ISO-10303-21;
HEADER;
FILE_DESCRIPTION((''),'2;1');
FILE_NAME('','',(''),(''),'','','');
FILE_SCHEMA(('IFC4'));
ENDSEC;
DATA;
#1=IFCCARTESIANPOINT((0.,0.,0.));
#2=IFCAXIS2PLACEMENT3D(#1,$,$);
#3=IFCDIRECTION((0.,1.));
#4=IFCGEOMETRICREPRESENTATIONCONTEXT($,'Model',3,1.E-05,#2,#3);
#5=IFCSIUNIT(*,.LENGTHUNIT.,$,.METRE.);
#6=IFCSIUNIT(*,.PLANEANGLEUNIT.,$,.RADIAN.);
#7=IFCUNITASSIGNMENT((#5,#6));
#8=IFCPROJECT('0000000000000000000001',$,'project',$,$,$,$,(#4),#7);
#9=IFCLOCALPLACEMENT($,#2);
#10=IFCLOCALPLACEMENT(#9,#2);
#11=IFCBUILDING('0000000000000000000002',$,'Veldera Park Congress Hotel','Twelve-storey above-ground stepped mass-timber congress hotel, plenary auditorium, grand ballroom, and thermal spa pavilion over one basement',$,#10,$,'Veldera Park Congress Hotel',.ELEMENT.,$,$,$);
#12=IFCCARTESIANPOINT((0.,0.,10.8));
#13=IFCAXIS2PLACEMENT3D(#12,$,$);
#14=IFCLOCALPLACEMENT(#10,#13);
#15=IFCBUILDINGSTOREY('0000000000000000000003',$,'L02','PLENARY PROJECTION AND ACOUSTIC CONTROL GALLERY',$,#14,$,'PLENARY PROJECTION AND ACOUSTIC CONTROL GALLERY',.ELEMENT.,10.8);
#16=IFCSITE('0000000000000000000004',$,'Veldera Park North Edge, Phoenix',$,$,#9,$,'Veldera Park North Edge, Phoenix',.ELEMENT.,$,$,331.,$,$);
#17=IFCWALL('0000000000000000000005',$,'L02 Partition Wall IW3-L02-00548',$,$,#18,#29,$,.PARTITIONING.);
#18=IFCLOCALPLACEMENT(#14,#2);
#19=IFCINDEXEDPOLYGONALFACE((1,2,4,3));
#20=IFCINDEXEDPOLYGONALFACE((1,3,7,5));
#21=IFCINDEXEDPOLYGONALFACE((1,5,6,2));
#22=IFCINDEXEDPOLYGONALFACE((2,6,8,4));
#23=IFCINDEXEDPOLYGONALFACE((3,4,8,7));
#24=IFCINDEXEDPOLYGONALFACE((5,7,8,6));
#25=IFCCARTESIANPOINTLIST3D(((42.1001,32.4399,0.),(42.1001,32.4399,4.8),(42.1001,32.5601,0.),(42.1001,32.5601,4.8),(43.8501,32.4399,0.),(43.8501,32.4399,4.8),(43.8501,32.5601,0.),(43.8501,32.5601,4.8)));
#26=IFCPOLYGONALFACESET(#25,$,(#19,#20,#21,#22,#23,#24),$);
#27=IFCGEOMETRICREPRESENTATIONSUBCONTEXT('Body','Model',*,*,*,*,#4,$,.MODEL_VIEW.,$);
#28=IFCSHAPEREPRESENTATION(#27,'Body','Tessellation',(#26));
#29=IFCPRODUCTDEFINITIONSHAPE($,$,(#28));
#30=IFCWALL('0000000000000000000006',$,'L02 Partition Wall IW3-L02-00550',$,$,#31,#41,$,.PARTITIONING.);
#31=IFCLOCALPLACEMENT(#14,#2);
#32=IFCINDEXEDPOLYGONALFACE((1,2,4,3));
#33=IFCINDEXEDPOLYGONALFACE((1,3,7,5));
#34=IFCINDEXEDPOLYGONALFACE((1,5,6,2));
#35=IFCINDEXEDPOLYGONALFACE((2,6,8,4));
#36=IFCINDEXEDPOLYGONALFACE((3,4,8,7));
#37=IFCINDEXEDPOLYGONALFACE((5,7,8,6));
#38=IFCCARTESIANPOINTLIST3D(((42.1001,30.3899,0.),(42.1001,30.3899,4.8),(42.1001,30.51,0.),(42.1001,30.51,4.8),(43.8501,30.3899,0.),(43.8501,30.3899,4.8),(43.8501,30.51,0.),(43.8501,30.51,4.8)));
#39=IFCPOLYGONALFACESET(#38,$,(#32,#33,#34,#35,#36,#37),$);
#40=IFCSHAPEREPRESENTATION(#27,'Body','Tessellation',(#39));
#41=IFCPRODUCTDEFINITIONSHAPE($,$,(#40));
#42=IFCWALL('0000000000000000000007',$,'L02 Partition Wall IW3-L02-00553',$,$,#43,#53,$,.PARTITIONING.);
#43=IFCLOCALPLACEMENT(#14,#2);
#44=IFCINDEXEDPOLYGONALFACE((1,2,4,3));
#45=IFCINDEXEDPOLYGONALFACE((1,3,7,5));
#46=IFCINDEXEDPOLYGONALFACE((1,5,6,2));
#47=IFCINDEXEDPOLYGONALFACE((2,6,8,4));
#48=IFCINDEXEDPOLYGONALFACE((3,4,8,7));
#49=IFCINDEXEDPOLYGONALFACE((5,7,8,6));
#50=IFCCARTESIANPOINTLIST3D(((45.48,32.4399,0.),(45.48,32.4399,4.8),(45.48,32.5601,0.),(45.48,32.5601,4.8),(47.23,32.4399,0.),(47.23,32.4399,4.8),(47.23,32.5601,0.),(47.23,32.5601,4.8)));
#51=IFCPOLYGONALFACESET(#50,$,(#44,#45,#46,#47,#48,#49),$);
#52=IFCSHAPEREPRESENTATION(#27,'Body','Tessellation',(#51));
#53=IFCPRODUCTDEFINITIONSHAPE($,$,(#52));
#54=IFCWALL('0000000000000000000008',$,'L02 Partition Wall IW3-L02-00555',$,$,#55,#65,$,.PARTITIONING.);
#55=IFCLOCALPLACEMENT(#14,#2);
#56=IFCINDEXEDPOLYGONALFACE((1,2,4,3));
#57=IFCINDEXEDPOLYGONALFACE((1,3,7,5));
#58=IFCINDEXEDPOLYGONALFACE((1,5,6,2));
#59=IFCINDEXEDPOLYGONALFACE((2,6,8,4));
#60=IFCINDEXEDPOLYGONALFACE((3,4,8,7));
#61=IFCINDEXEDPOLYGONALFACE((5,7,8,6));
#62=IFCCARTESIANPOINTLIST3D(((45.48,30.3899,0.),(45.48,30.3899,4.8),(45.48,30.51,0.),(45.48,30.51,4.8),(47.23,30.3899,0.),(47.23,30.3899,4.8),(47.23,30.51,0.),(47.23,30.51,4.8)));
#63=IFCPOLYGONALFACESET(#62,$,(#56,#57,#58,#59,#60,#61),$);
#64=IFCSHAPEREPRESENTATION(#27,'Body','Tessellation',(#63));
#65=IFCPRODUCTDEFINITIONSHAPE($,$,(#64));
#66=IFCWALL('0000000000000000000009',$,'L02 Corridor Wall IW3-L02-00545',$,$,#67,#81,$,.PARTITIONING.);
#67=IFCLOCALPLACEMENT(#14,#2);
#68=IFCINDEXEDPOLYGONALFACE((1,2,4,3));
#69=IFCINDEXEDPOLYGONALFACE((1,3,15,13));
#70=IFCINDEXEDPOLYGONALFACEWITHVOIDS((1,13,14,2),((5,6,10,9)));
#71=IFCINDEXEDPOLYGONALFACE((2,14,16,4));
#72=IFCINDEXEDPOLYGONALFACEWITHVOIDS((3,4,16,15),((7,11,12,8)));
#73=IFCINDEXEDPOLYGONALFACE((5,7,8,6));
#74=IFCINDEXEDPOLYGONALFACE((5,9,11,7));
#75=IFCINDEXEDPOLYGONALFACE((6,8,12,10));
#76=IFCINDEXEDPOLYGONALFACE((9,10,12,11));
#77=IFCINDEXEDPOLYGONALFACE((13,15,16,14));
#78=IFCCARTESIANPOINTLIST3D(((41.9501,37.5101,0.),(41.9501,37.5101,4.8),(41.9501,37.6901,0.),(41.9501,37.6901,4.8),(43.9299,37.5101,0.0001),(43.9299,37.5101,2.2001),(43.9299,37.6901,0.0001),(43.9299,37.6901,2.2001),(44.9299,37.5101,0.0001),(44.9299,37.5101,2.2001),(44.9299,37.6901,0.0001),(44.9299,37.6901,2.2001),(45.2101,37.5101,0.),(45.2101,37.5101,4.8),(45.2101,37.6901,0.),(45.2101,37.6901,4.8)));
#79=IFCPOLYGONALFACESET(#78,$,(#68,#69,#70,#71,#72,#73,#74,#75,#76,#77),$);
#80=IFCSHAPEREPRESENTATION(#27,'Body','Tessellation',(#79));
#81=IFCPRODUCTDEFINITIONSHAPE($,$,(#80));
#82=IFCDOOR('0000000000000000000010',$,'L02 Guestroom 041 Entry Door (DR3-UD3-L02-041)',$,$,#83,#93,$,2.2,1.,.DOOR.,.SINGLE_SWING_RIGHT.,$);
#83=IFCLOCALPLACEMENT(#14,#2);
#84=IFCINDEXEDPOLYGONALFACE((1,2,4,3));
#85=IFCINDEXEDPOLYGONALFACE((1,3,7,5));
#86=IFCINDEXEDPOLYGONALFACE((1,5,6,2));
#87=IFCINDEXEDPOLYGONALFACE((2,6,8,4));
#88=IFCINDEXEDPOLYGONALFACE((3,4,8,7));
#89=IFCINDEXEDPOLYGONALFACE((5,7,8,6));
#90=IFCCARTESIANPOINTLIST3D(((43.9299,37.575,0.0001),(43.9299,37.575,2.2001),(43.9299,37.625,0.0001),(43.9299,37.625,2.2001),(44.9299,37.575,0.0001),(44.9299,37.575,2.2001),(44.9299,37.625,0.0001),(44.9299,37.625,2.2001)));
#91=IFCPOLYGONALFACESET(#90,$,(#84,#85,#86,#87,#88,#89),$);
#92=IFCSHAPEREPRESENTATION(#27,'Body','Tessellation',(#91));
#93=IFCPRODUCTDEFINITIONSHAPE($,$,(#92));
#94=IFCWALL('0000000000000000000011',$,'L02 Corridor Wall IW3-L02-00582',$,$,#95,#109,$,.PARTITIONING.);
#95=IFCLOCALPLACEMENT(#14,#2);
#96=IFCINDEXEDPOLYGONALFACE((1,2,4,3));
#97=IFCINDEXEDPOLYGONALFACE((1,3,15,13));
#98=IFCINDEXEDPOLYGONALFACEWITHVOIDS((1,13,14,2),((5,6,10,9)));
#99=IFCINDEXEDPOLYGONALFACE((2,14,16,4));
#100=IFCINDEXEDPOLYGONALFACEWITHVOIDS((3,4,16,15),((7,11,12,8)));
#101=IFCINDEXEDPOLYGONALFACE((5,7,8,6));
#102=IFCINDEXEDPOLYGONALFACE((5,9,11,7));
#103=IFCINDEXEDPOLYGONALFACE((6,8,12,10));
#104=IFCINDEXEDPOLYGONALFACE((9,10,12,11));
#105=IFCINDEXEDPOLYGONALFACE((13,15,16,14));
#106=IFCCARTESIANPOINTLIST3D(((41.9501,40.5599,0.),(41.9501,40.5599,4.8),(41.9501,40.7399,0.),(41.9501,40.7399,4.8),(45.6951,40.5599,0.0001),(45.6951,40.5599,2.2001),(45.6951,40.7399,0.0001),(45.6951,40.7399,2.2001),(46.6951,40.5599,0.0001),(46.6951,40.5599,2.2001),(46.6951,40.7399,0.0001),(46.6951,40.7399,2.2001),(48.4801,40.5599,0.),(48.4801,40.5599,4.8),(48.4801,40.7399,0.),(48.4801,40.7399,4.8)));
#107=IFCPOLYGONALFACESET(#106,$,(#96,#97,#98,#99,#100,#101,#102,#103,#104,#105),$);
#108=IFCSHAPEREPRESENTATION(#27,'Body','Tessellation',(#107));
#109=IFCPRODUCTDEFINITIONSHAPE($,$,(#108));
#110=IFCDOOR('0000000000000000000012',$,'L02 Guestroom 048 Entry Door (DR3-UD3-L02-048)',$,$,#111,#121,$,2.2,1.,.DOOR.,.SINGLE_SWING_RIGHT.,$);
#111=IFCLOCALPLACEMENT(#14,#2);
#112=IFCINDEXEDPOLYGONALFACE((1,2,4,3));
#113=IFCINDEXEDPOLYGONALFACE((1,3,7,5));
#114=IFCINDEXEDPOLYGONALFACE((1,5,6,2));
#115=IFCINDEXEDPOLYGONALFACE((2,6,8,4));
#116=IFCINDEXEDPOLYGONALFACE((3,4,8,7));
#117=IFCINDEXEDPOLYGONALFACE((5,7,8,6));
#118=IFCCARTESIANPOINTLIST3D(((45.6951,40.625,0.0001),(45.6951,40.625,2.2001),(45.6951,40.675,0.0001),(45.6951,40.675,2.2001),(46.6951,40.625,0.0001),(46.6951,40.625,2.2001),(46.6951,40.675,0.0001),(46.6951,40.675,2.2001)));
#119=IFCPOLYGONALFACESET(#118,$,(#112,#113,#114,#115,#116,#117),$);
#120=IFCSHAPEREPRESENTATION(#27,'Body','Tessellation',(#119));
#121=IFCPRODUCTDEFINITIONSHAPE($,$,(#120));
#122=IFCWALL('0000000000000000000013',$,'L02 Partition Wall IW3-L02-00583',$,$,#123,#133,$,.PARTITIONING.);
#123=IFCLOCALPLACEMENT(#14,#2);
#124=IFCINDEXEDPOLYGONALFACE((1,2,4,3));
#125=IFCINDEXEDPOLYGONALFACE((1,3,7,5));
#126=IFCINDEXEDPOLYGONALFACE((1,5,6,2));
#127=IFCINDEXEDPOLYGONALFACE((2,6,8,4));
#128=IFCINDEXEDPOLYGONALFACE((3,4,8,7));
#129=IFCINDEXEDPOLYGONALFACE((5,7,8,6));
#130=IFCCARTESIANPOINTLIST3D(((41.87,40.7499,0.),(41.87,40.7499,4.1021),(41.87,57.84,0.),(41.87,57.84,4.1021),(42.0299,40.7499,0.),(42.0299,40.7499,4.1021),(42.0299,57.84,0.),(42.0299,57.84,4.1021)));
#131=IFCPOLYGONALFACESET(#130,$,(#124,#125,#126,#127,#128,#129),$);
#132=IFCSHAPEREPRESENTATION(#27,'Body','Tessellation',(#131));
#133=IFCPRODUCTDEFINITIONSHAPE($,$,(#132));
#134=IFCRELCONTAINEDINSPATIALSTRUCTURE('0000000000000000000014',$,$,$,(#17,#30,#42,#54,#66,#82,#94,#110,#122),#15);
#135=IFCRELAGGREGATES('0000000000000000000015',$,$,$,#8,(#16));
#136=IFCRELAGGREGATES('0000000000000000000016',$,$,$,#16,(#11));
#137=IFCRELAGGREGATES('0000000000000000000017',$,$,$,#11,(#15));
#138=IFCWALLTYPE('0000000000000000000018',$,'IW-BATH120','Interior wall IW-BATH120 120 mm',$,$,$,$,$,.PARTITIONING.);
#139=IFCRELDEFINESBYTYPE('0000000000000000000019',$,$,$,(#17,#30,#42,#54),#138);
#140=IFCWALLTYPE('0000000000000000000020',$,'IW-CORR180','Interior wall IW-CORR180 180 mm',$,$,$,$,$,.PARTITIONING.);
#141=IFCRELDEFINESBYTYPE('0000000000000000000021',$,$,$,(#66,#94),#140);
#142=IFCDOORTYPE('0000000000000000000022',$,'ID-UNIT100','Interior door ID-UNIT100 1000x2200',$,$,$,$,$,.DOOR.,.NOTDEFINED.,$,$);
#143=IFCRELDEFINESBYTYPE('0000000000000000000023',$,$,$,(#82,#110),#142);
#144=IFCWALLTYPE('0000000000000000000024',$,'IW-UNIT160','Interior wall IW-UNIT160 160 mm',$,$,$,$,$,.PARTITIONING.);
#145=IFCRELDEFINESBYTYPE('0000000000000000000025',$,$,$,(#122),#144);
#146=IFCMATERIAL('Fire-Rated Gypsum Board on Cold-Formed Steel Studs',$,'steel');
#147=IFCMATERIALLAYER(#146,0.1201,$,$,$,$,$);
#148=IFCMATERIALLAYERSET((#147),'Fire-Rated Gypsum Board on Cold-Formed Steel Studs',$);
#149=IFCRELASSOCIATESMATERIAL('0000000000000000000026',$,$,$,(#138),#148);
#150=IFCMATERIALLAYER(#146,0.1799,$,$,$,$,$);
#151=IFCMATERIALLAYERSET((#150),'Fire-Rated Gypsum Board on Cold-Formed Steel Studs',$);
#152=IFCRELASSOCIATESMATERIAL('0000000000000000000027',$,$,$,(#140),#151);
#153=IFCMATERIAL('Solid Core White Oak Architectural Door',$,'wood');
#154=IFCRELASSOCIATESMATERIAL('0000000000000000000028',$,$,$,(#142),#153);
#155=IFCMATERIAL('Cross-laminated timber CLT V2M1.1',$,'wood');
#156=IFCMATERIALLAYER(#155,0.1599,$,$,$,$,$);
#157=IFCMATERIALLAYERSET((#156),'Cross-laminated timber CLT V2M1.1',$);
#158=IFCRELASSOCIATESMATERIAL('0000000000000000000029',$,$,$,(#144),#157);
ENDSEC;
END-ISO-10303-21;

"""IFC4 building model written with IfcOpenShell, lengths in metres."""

from ifc_helpers import new_model, si_unit, direction, frame, frame_2d, origin, place, context, subcontext, project, spatial, rectangle, extrude, material, layer, layer_set, type_object, element, fill, save


model = new_model("IFC4")

# Units and contexts
model_context = context("Model", 3, precision=1e-05, world=origin(), true_north=direction((0.0, 1.0)))
body_context = subcontext(model_context, "Body", "Model", "MODEL_VIEW")
ifc_project = project(units=[si_unit("LENGTHUNIT", "METRE"), si_unit("PLANEANGLEUNIT", "RADIAN")], contexts=[model_context])

# Site, building, storey
site_placement = place(None, origin())
site = spatial("IfcSite", under=ifc_project, at=site_placement, Name="Veldera Park North Edge, Phoenix", LongName="Veldera Park North Edge, Phoenix", CompositionType="ELEMENT", RefElevation=331.0)
building_placement = place(site_placement, origin())
building = spatial("IfcBuilding", under=site, at=building_placement, Name="Veldera Park Congress Hotel", Description="Twelve-storey above-ground stepped mass-timber congress hotel, plenary auditorium, grand ballroom, and thermal spa pavilion over one basement", LongName="Veldera Park Congress Hotel", CompositionType="ELEMENT")
storey_placement = place(building_placement, frame((0.0, 0.0, 10.8)))
storey = spatial("IfcBuildingStorey", under=building, at=storey_placement, Name="L02", Description="PLENARY PROJECTION AND ACOUSTIC CONTROL GALLERY", LongName="PLENARY PROJECTION AND ACOUSTIC CONTROL GALLERY", CompositionType="ELEMENT", Elevation=10.8)

# Wall
ifc_material_1 = material(Name="Cross-laminated timber CLT V2M1.1", Category="wood")
ifc_material_2 = material(Name="Fire-Rated Gypsum Board on Cold-Formed Steel Studs", Category="steel")
ifc_layer_1 = layer(ifc_material_2, 0.1201)
ifc_layer_set_1 = layer_set([ifc_layer_1], Name="Fire-Rated Gypsum Board on Cold-Formed Steel Studs")
wall_type_1 = type_object("IfcWallType", Name="IW-BATH120", Description="Interior wall IW-BATH120 120 mm", PredefinedType="PARTITIONING", material=ifc_layer_set_1)
wall_1_placement = place(storey_placement, frame((42.1001, 32.5, 0.0), z_axis=(0.0, 0.0, 1.0), x_axis=(1.0, 0.0, 0.0)))
element("IfcWall", 1, at=wall_1_placement, inside=storey, type_object=wall_type_1, Name="L02 Partition Wall IW3-L02-00548", PredefinedType="PARTITIONING", context=body_context, shape_type="SweptSolid", body=[
    extrude(rectangle(XDim=1.75, YDim=0.1201, at=frame_2d((0.875, 0.0))), origin(), (0.0, 0.0, 1.0), 4.8),
])

# Shared definitions
ifc_material_3 = material(Name="Solid Core White Oak Architectural Door", Category="wood")

# Walls
for number, where, z_axis, x_axis, name in (
    (2, (42.1001, 30.45, 0.0), (0.0, 0.0, 1.0), (1.0, 0.0, 0.0), "L02 Partition Wall IW3-L02-00550"),
    (3, (45.48, 32.5, 0.0), (0.0, 0.0, 1.0), (1.0, 0.0, 0.0), "L02 Partition Wall IW3-L02-00553"),
    (4, (45.48, 30.45, 0.0), (0.0, 0.0, 1.0), (1.0, 0.0, 0.0), "L02 Partition Wall IW3-L02-00555"),
):
    element("IfcWall", number, at=place(storey_placement, frame(where, z_axis=z_axis, x_axis=x_axis)), inside=storey, type_object=wall_type_1, Name=name, PredefinedType="PARTITIONING", context=body_context, shape_type="SweptSolid", body=[
        extrude(rectangle(XDim=1.75, YDim=0.1201, at=frame_2d((0.875, 0.0))), origin(), (0.0, 0.0, 1.0), 4.8),
    ])

# Walls, openings, doors
ifc_layer_2 = layer(ifc_material_2, 0.1799)
ifc_layer_set_2 = layer_set([ifc_layer_2], Name="Fire-Rated Gypsum Board on Cold-Formed Steel Studs")
wall_type_2 = type_object("IfcWallType", Name="IW-CORR180", Description="Interior wall IW-CORR180 180 mm", PredefinedType="PARTITIONING", material=ifc_layer_set_2)
wall_2_placement = place(storey_placement, frame((45.21, 37.6001, 0.0), z_axis=(0.0, 0.0, 1.0), x_axis=(-1.0, 0.0, 0.0)))
wall_2 = element("IfcWall", 5, at=wall_2_placement, inside=storey, type_object=wall_type_2, Name="L02 Corridor Wall IW3-L02-00545", PredefinedType="PARTITIONING", context=body_context, shape_type="SweptSolid", body=[
    extrude(rectangle(XDim=3.26, YDim=0.1799, at=frame_2d((1.6299, 0.0))), origin(), (0.0, 0.0, 1.0), 4.8),
])
opening_1_placement = place(wall_2_placement, frame((0.28, 0.0, 0.0)))
opening_1 = element("IfcOpeningElement", 6, at=opening_1_placement, cuts=wall_2, PredefinedType="OPENING", context=body_context, shape_type="SweptSolid", body=[
    extrude(rectangle(XDim=1.0, YDim=2.2, at=frame_2d((0.5, 1.1001))), frame((0.0, 0.1021, 0.0), z_axis=(0.0, -1.0, 0.0), x_axis=(1.0, 0.0, 0.0)), (0.0, 0.0, 1.0), 0.2039),
])
door_type_1 = type_object("IfcDoorType", Name="ID-UNIT100", Description="Interior door ID-UNIT100 1000x2200", OperationType="NOTDEFINED", PredefinedType="DOOR", material=ifc_material_3)
door_1_placement = place(opening_1_placement, frame((1.0, 0.0, 0.0), z_axis=(0.0, 0.0, 1.0), x_axis=(-1.0, 0.0, 0.0)))
door_1 = element("IfcDoor", 7, at=door_1_placement, inside=storey, type_object=door_type_1, Name="L02 Guestroom 041 Entry Door (DR3-UD3-L02-041)", OperationType="SINGLE_SWING_RIGHT", OverallHeight=2.2, OverallWidth=1.0, PredefinedType="DOOR", context=body_context, shape_type="SweptSolid", body=[
    extrude(rectangle(XDim=1.0, YDim=2.2, at=frame_2d((0.5, 1.1001))), frame((0.0, 0.0249, 0.0), z_axis=(0.0, -1.0, 0.0), x_axis=(1.0, 0.0, 0.0)), (0.0, 0.0, 1.0), 0.05),
])
fill(opening_1, door_1)
wall_3_placement = place(storey_placement, frame((41.95, 40.6499, 0.0), z_axis=(0.0, 0.0, 1.0), x_axis=(1.0, 0.0, 0.0)))
wall_3 = element("IfcWall", 8, at=wall_3_placement, inside=storey, type_object=wall_type_2, Name="L02 Corridor Wall IW3-L02-00582", PredefinedType="PARTITIONING", context=body_context, shape_type="SweptSolid", body=[
    extrude(rectangle(XDim=6.53, YDim=0.1799, at=frame_2d((3.2651, 0.0))), origin(), (0.0, 0.0, 1.0), 4.8),
])
opening_2_placement = place(wall_3_placement, frame((3.7451, 0.0, 0.0)))
opening_2 = element("IfcOpeningElement", 9, at=opening_2_placement, cuts=wall_3, PredefinedType="OPENING", context=body_context, shape_type="SweptSolid", body=[
    extrude(rectangle(XDim=1.0, YDim=2.2, at=frame_2d((0.5, 1.1001))), frame((0.0, 0.1021, 0.0), z_axis=(0.0, -1.0, 0.0), x_axis=(1.0, 0.0, 0.0)), (0.0, 0.0, 1.0), 0.2039),
])
door_2_placement = place(opening_2_placement, frame((1.0, 0.0, 0.0), z_axis=(0.0, 0.0, 1.0), x_axis=(-1.0, 0.0, 0.0)))
door_2 = element("IfcDoor", 10, at=door_2_placement, inside=storey, type_object=door_type_1, Name="L02 Guestroom 048 Entry Door (DR3-UD3-L02-048)", OperationType="SINGLE_SWING_RIGHT", OverallHeight=2.2, OverallWidth=1.0, PredefinedType="DOOR", context=body_context, shape_type="SweptSolid", body=[
    extrude(rectangle(XDim=1.0, YDim=2.2, at=frame_2d((0.5, 1.1001))), frame((0.0, 0.0249, 0.0), z_axis=(0.0, -1.0, 0.0), x_axis=(1.0, 0.0, 0.0)), (0.0, 0.0, 1.0), 0.05),
])
fill(opening_2, door_2)

# Wall
ifc_layer_3 = layer(ifc_material_1, 0.1599)
ifc_layer_set_3 = layer_set([ifc_layer_3], Name="Cross-laminated timber CLT V2M1.1")
wall_type_3 = type_object("IfcWallType", Name="IW-UNIT160", Description="Interior wall IW-UNIT160 160 mm", PredefinedType="PARTITIONING", material=ifc_layer_set_3)
wall_4_placement = place(storey_placement, frame((41.95, 40.75, 0.0), z_axis=(0.0, 0.0, 1.0), x_axis=(0.0, 1.0, 0.0)))
element("IfcWall", 11, at=wall_4_placement, inside=storey, type_object=wall_type_3, Name="L02 Partition Wall IW3-L02-00583", PredefinedType="PARTITIONING", context=body_context, shape_type="SweptSolid", body=[
    extrude(rectangle(XDim=17.0901, YDim=0.1599, at=frame_2d((8.5449, 0.0))), origin(), (0.0, 0.0, 1.0), 4.1021),
])

save(model, "model.ifc")
